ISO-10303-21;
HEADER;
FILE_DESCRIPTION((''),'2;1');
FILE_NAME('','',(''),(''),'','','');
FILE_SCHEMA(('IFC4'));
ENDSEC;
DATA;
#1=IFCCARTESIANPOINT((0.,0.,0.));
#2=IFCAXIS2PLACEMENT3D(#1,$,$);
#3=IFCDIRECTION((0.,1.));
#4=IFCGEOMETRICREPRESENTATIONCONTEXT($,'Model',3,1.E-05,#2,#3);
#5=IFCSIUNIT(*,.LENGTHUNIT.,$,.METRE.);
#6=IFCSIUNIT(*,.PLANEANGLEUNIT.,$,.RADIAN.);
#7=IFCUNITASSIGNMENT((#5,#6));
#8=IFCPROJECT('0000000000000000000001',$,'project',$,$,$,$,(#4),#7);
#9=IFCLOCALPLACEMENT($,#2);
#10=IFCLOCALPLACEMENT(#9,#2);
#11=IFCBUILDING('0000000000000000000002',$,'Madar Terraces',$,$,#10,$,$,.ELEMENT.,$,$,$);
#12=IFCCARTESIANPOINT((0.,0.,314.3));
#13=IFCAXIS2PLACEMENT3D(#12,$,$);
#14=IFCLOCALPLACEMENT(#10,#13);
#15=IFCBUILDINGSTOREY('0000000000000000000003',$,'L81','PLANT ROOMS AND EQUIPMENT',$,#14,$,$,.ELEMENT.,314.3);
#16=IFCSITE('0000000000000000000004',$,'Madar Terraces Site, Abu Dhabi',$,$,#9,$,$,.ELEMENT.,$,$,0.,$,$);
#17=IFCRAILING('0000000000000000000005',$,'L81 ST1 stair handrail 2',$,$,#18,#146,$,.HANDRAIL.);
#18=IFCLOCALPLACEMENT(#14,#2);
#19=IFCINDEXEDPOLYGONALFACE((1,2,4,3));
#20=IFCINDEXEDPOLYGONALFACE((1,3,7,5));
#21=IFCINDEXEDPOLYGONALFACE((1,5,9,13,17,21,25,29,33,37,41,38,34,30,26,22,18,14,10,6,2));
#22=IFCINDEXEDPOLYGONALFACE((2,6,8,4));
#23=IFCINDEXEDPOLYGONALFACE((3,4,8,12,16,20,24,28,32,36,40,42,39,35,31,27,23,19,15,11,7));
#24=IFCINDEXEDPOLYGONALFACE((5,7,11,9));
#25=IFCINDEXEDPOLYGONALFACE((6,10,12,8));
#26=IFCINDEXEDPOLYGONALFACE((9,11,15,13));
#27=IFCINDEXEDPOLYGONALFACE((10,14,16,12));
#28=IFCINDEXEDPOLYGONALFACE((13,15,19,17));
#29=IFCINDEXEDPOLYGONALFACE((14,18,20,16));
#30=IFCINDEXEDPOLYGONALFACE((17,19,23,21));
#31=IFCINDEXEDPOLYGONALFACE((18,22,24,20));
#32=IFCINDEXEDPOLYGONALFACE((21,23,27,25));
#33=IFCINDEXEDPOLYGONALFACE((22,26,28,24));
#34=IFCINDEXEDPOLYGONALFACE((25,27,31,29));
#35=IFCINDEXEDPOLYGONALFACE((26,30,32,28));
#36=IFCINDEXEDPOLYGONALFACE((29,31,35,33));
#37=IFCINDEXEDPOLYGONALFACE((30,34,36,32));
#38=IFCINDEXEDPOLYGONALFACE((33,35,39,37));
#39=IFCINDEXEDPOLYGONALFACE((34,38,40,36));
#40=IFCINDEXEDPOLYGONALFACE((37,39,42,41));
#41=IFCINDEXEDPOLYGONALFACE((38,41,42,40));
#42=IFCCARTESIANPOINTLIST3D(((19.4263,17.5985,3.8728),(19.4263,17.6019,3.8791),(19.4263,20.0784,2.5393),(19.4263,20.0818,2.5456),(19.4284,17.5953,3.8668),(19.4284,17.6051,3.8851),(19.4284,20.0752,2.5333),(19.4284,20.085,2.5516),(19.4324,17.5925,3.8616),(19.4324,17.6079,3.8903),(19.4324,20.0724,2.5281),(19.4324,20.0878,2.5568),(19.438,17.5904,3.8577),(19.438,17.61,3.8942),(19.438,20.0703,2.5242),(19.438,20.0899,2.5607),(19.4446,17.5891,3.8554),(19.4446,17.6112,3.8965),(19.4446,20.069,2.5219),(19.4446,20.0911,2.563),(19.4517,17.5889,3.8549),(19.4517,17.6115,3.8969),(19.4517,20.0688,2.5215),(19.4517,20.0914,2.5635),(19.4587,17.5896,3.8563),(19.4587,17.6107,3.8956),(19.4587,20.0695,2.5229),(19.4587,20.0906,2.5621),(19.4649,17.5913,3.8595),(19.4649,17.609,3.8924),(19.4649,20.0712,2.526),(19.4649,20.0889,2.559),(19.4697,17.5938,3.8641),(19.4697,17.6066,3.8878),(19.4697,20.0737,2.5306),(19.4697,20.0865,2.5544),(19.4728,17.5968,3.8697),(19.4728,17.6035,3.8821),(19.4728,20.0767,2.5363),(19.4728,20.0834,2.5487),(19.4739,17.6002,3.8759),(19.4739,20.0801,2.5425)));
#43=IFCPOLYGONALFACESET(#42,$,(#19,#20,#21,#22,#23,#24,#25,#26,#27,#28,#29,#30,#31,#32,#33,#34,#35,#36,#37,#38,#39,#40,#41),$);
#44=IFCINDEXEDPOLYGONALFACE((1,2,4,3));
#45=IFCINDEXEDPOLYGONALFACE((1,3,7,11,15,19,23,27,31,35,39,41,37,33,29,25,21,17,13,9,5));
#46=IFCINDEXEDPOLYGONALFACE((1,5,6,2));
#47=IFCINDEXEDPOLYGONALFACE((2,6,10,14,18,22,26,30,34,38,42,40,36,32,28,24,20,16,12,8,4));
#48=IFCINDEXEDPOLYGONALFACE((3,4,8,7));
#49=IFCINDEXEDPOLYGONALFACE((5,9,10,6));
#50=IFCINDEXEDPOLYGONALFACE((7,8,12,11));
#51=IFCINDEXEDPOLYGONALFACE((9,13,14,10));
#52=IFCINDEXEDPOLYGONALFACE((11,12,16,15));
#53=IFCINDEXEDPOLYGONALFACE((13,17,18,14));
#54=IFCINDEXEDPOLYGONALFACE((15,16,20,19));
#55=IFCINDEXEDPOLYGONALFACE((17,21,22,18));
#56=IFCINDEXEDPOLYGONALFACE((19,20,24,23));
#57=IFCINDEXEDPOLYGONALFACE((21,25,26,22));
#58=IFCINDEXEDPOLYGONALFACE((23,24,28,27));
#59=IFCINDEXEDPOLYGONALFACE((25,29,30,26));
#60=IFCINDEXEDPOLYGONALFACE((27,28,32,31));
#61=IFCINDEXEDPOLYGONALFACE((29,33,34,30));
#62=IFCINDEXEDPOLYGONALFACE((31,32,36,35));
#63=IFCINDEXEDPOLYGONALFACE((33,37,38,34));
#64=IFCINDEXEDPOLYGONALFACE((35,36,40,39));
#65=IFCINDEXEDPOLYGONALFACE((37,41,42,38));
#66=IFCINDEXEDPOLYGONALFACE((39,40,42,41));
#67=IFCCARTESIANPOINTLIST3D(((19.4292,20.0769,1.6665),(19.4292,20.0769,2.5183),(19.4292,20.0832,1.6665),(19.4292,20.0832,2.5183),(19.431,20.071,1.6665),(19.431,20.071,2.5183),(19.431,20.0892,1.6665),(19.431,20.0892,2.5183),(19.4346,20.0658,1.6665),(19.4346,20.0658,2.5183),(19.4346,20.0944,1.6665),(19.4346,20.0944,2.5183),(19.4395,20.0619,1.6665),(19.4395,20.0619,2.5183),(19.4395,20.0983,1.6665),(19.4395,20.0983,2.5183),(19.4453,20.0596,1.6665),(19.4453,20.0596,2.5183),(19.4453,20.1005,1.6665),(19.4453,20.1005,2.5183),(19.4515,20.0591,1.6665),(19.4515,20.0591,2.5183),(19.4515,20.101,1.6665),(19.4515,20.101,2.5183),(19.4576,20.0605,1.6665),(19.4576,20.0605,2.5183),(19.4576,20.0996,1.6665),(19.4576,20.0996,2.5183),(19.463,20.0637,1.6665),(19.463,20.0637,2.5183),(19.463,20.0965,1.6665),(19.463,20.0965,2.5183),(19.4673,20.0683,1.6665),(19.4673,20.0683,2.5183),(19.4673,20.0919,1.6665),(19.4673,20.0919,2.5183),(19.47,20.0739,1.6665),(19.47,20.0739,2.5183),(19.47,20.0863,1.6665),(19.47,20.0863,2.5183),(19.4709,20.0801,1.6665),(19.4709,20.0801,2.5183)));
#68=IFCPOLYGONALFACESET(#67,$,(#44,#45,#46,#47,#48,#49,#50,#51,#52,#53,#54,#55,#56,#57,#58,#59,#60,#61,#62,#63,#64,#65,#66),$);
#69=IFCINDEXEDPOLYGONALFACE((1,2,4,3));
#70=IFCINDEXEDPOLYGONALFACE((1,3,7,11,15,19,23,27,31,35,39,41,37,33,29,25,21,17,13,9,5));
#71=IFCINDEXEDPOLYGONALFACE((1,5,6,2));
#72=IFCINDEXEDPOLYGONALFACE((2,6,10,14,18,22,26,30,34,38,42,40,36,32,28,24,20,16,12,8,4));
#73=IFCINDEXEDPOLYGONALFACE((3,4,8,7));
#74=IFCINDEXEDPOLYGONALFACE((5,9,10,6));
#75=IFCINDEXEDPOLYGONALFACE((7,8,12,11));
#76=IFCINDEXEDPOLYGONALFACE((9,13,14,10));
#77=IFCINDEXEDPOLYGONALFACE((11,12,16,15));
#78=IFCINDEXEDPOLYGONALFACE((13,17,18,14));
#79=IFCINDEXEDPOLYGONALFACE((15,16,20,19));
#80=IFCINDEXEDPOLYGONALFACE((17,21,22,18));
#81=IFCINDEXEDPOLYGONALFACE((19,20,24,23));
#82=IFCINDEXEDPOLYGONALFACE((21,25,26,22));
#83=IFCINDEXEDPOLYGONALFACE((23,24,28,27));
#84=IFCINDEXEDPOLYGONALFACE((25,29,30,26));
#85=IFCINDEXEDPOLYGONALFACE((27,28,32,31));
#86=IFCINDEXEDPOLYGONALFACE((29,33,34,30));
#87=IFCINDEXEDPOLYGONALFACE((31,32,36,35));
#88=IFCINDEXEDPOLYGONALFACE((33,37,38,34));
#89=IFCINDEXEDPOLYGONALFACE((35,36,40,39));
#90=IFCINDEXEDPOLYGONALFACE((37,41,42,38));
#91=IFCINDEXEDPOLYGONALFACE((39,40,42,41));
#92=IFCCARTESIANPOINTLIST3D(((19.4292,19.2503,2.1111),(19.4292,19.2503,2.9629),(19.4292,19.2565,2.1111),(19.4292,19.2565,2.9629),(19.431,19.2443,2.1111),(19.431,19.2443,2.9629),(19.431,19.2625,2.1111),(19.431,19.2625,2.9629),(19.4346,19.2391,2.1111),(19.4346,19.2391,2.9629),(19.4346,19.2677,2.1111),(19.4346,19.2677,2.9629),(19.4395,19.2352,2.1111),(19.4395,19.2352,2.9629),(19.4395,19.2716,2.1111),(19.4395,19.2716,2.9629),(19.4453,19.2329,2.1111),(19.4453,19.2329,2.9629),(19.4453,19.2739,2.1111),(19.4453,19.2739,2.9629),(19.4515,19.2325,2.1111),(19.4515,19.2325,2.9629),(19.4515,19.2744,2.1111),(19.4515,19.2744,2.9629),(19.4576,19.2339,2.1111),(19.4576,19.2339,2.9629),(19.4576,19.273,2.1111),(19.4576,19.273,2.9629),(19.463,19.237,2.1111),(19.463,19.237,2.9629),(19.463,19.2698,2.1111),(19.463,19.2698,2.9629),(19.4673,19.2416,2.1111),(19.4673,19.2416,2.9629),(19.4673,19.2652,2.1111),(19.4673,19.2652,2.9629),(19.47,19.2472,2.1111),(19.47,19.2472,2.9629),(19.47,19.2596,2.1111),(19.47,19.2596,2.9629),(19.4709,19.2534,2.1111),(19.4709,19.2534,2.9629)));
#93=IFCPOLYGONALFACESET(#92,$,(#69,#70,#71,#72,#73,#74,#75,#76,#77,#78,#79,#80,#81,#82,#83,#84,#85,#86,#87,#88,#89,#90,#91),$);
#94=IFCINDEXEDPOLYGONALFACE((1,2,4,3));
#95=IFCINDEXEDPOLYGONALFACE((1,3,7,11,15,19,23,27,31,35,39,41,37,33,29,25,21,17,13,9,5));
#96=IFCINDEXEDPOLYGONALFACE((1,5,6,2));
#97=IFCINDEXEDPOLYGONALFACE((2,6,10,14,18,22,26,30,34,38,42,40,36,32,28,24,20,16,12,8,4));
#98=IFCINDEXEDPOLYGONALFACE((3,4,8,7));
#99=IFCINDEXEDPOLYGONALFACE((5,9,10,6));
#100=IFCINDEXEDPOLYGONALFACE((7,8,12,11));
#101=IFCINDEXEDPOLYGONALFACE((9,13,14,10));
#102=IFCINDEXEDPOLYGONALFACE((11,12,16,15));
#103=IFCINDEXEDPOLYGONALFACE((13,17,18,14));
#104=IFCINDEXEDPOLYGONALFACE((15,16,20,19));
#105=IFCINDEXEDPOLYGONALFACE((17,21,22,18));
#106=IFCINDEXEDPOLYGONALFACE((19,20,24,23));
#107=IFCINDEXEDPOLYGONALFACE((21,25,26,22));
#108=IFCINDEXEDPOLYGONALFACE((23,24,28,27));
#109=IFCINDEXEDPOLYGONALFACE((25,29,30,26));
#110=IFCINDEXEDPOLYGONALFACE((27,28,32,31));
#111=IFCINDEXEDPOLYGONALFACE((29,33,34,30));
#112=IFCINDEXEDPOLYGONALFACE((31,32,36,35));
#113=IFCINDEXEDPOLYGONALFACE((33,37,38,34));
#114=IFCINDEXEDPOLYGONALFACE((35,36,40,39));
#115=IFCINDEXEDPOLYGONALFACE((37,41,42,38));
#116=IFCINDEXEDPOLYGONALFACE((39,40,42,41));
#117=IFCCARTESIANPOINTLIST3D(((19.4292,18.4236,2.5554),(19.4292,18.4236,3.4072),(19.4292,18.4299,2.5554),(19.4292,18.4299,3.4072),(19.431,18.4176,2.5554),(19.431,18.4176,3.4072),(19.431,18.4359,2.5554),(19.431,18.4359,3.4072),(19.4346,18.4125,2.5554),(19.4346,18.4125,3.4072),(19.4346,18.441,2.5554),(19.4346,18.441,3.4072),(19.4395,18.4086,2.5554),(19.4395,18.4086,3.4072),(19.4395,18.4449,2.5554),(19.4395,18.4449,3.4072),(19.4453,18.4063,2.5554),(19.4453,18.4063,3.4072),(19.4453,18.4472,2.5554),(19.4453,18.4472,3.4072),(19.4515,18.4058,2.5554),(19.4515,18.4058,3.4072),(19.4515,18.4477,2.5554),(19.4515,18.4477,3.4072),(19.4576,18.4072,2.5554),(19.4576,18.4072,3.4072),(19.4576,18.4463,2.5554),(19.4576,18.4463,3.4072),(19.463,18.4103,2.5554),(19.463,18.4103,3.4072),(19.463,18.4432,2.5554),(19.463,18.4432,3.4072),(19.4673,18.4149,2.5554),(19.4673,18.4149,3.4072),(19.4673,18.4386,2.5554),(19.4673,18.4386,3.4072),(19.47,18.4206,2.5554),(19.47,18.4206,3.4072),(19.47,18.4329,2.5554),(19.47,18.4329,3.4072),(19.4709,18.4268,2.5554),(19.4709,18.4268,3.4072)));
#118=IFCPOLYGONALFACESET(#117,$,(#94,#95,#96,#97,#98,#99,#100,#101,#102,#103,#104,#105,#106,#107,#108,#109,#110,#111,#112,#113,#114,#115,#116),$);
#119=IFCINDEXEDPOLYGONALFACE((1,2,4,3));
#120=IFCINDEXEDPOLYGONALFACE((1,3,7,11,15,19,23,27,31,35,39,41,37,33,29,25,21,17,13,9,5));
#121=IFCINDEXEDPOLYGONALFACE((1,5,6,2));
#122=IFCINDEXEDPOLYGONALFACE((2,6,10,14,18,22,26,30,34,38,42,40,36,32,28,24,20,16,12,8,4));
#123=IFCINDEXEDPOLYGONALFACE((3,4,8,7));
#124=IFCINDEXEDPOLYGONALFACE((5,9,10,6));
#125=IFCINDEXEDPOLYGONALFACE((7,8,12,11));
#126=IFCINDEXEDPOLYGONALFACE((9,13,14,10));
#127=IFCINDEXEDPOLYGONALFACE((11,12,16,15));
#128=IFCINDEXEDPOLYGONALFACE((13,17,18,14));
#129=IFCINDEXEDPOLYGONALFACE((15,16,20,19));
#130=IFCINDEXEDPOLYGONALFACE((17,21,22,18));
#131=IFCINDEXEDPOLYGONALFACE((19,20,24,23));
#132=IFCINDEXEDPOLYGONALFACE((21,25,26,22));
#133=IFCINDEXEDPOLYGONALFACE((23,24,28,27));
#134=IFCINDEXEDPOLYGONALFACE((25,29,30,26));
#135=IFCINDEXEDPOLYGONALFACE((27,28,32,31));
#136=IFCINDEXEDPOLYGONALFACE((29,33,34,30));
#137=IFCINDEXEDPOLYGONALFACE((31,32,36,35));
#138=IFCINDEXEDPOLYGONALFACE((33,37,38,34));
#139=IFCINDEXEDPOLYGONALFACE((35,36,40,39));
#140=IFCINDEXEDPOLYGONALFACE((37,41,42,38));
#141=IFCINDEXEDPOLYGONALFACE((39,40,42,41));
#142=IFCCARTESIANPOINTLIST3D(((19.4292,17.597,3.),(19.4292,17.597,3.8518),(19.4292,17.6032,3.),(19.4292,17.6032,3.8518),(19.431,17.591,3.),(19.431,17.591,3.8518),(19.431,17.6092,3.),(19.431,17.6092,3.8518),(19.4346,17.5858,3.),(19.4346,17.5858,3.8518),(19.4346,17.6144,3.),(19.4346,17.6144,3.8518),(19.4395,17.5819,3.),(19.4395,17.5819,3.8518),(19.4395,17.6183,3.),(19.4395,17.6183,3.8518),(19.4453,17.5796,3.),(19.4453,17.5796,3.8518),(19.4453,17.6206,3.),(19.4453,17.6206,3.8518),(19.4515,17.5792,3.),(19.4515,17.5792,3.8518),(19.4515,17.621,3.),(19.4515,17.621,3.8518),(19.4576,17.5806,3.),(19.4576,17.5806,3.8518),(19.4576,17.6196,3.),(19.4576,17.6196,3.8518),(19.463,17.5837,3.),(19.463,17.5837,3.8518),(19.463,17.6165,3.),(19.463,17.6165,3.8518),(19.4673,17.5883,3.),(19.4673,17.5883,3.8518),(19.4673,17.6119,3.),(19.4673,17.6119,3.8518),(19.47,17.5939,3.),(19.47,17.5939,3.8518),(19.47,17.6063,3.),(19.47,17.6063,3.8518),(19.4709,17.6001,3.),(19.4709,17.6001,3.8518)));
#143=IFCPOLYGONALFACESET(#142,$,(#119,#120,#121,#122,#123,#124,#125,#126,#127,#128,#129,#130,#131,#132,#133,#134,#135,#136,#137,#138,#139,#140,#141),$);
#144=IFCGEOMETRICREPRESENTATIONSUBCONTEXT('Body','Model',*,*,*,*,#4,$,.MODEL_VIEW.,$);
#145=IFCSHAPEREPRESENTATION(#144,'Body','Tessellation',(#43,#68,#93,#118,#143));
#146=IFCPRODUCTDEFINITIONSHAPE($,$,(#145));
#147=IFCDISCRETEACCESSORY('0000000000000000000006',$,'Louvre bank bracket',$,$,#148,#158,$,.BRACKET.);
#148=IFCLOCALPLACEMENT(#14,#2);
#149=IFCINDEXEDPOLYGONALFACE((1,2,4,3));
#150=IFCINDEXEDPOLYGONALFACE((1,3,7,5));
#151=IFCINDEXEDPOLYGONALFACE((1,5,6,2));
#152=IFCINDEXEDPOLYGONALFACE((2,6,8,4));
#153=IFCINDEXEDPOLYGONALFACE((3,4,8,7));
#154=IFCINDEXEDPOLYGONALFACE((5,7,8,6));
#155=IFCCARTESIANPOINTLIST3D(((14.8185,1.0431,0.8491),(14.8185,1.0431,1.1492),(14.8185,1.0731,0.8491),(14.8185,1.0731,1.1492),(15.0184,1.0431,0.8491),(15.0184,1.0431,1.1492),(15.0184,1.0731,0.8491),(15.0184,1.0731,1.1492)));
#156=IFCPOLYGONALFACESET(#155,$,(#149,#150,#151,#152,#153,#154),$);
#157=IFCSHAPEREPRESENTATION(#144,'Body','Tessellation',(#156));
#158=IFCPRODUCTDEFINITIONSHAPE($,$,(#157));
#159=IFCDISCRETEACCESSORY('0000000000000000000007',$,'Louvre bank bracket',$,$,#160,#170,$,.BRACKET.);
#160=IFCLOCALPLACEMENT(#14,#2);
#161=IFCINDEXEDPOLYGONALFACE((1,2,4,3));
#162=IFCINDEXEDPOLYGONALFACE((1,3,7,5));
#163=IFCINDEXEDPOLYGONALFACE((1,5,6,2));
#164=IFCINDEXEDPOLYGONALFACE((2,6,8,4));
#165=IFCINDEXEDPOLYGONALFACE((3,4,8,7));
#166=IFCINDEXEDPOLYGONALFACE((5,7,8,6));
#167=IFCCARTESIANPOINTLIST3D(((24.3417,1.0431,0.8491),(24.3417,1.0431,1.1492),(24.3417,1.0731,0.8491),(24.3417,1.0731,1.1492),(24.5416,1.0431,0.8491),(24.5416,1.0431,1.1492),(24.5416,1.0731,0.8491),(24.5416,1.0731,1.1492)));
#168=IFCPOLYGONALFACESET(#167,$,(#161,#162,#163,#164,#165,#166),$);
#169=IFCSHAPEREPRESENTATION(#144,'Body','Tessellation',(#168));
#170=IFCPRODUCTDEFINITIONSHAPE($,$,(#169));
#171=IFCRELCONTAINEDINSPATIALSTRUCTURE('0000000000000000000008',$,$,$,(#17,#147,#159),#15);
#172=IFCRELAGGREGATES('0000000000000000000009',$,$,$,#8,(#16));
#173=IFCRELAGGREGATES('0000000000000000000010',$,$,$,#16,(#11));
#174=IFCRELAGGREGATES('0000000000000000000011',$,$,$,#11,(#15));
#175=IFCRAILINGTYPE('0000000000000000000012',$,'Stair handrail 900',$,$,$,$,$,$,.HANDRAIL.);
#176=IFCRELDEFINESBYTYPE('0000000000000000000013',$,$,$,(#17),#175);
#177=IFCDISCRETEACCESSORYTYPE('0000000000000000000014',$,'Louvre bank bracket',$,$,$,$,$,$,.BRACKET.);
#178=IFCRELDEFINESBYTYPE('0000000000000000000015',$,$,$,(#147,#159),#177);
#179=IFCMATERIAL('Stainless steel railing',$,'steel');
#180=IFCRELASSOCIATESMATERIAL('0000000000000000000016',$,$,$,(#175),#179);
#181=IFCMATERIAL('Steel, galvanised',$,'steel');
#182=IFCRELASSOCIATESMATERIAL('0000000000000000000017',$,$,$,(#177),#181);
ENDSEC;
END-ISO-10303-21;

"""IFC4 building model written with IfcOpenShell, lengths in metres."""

from ifc_helpers import new_model, si_unit, direction, frame, origin, origin_2d, place, context, subcontext, project, spatial, rectangle, circle, extrude, material, type_object, element, save


model = new_model("IFC4")

# Units and contexts
model_context = context("Model", 3, precision=1e-05, world=origin(), true_north=direction((0.0, 1.0)))
body_context = subcontext(model_context, "Body", "Model", "MODEL_VIEW")
ifc_project = project(units=[si_unit("LENGTHUNIT", "METRE"), si_unit("PLANEANGLEUNIT", "RADIAN")], contexts=[model_context])

# Site, building, storey
site_placement = place(None, origin())
site = spatial("IfcSite", under=ifc_project, at=site_placement, Name="Madar Terraces Site, Abu Dhabi", CompositionType="ELEMENT", RefElevation=0.0)
building_placement = place(site_placement, origin())
building = spatial("IfcBuilding", under=site, at=building_placement, Name="Madar Terraces", CompositionType="ELEMENT")
storey_placement = place(building_placement, frame((0.0, 0.0, 314.3)))
storey = spatial("IfcBuildingStorey", under=building, at=storey_placement, Name="L81", Description="PLANT ROOMS AND EQUIPMENT", CompositionType="ELEMENT", Elevation=314.3)

# Railing
ifc_material_1 = material(Name="Stainless steel railing", Category="steel")
railing_type_1 = type_object("IfcRailingType", Name="Stair handrail 900", PredefinedType="HANDRAIL", material=ifc_material_1)
railing_1_placement = place(storey_placement, frame((19.45, 20.0801, 1.6665)))
element("IfcRailing", 1, at=railing_1_placement, inside=storey, type_object=railing_type_1, Name="L81 ST1 stair handrail 2", PredefinedType="HANDRAIL", context=body_context, shape_type="SweptSolid", body=[
    extrude(circle(Radius=0.0239, at=origin_2d()), frame((0.0, 0.0, 0.876), z_axis=(0.0, -0.880749, 0.473583), x_axis=(1.0, 0.0, 0.0)), (0.0, 0.0, 1.0), 2.8157),
    extrude(circle(Radius=0.021, at=origin_2d()), origin(), (0.0, 0.0, 1.0), 0.8518),
    extrude(circle(Radius=0.021, at=origin_2d()), frame((0.0, -0.8267, 0.4446)), (0.0, 0.0, 1.0), 0.8518),
    extrude(circle(Radius=0.021, at=origin_2d()), frame((0.0, -1.6533, 0.8889)), (0.0, 0.0, 1.0), 0.8518),
    extrude(circle(Radius=0.021, at=origin_2d()), frame((0.0, -2.48, 1.3335)), (0.0, 0.0, 1.0), 0.8518),
])

# Discrete accessories
ifc_material_2 = material(Name="Steel, galvanised", Category="steel")
discrete_accessory_type = type_object("IfcDiscreteAccessoryType", Name="Louvre bank bracket", PredefinedType="BRACKET", material=ifc_material_2)
for number, where, z_axis, x_axis, name in (
    (2, (14.9185, 1.0581, 0.8491), (0.0, 0.0, 1.0), (1.0, 0.0, 0.0), "Louvre bank bracket"),
    (3, (24.4417, 1.0581, 0.8491), (0.0, 0.0, 1.0), (1.0, 0.0, 0.0), "Louvre bank bracket"),
):
    element("IfcDiscreteAccessory", number, at=place(storey_placement, frame(where, z_axis=z_axis, x_axis=x_axis)), inside=storey, type_object=discrete_accessory_type, Name=name, PredefinedType="BRACKET", context=body_context, shape_type="SweptSolid", body=[
        extrude(rectangle(XDim=0.2, YDim=0.03, at=origin_2d()), origin(), (0.0, 0.0, 1.0), 0.3),
    ])

save(model, "model.ifc")
